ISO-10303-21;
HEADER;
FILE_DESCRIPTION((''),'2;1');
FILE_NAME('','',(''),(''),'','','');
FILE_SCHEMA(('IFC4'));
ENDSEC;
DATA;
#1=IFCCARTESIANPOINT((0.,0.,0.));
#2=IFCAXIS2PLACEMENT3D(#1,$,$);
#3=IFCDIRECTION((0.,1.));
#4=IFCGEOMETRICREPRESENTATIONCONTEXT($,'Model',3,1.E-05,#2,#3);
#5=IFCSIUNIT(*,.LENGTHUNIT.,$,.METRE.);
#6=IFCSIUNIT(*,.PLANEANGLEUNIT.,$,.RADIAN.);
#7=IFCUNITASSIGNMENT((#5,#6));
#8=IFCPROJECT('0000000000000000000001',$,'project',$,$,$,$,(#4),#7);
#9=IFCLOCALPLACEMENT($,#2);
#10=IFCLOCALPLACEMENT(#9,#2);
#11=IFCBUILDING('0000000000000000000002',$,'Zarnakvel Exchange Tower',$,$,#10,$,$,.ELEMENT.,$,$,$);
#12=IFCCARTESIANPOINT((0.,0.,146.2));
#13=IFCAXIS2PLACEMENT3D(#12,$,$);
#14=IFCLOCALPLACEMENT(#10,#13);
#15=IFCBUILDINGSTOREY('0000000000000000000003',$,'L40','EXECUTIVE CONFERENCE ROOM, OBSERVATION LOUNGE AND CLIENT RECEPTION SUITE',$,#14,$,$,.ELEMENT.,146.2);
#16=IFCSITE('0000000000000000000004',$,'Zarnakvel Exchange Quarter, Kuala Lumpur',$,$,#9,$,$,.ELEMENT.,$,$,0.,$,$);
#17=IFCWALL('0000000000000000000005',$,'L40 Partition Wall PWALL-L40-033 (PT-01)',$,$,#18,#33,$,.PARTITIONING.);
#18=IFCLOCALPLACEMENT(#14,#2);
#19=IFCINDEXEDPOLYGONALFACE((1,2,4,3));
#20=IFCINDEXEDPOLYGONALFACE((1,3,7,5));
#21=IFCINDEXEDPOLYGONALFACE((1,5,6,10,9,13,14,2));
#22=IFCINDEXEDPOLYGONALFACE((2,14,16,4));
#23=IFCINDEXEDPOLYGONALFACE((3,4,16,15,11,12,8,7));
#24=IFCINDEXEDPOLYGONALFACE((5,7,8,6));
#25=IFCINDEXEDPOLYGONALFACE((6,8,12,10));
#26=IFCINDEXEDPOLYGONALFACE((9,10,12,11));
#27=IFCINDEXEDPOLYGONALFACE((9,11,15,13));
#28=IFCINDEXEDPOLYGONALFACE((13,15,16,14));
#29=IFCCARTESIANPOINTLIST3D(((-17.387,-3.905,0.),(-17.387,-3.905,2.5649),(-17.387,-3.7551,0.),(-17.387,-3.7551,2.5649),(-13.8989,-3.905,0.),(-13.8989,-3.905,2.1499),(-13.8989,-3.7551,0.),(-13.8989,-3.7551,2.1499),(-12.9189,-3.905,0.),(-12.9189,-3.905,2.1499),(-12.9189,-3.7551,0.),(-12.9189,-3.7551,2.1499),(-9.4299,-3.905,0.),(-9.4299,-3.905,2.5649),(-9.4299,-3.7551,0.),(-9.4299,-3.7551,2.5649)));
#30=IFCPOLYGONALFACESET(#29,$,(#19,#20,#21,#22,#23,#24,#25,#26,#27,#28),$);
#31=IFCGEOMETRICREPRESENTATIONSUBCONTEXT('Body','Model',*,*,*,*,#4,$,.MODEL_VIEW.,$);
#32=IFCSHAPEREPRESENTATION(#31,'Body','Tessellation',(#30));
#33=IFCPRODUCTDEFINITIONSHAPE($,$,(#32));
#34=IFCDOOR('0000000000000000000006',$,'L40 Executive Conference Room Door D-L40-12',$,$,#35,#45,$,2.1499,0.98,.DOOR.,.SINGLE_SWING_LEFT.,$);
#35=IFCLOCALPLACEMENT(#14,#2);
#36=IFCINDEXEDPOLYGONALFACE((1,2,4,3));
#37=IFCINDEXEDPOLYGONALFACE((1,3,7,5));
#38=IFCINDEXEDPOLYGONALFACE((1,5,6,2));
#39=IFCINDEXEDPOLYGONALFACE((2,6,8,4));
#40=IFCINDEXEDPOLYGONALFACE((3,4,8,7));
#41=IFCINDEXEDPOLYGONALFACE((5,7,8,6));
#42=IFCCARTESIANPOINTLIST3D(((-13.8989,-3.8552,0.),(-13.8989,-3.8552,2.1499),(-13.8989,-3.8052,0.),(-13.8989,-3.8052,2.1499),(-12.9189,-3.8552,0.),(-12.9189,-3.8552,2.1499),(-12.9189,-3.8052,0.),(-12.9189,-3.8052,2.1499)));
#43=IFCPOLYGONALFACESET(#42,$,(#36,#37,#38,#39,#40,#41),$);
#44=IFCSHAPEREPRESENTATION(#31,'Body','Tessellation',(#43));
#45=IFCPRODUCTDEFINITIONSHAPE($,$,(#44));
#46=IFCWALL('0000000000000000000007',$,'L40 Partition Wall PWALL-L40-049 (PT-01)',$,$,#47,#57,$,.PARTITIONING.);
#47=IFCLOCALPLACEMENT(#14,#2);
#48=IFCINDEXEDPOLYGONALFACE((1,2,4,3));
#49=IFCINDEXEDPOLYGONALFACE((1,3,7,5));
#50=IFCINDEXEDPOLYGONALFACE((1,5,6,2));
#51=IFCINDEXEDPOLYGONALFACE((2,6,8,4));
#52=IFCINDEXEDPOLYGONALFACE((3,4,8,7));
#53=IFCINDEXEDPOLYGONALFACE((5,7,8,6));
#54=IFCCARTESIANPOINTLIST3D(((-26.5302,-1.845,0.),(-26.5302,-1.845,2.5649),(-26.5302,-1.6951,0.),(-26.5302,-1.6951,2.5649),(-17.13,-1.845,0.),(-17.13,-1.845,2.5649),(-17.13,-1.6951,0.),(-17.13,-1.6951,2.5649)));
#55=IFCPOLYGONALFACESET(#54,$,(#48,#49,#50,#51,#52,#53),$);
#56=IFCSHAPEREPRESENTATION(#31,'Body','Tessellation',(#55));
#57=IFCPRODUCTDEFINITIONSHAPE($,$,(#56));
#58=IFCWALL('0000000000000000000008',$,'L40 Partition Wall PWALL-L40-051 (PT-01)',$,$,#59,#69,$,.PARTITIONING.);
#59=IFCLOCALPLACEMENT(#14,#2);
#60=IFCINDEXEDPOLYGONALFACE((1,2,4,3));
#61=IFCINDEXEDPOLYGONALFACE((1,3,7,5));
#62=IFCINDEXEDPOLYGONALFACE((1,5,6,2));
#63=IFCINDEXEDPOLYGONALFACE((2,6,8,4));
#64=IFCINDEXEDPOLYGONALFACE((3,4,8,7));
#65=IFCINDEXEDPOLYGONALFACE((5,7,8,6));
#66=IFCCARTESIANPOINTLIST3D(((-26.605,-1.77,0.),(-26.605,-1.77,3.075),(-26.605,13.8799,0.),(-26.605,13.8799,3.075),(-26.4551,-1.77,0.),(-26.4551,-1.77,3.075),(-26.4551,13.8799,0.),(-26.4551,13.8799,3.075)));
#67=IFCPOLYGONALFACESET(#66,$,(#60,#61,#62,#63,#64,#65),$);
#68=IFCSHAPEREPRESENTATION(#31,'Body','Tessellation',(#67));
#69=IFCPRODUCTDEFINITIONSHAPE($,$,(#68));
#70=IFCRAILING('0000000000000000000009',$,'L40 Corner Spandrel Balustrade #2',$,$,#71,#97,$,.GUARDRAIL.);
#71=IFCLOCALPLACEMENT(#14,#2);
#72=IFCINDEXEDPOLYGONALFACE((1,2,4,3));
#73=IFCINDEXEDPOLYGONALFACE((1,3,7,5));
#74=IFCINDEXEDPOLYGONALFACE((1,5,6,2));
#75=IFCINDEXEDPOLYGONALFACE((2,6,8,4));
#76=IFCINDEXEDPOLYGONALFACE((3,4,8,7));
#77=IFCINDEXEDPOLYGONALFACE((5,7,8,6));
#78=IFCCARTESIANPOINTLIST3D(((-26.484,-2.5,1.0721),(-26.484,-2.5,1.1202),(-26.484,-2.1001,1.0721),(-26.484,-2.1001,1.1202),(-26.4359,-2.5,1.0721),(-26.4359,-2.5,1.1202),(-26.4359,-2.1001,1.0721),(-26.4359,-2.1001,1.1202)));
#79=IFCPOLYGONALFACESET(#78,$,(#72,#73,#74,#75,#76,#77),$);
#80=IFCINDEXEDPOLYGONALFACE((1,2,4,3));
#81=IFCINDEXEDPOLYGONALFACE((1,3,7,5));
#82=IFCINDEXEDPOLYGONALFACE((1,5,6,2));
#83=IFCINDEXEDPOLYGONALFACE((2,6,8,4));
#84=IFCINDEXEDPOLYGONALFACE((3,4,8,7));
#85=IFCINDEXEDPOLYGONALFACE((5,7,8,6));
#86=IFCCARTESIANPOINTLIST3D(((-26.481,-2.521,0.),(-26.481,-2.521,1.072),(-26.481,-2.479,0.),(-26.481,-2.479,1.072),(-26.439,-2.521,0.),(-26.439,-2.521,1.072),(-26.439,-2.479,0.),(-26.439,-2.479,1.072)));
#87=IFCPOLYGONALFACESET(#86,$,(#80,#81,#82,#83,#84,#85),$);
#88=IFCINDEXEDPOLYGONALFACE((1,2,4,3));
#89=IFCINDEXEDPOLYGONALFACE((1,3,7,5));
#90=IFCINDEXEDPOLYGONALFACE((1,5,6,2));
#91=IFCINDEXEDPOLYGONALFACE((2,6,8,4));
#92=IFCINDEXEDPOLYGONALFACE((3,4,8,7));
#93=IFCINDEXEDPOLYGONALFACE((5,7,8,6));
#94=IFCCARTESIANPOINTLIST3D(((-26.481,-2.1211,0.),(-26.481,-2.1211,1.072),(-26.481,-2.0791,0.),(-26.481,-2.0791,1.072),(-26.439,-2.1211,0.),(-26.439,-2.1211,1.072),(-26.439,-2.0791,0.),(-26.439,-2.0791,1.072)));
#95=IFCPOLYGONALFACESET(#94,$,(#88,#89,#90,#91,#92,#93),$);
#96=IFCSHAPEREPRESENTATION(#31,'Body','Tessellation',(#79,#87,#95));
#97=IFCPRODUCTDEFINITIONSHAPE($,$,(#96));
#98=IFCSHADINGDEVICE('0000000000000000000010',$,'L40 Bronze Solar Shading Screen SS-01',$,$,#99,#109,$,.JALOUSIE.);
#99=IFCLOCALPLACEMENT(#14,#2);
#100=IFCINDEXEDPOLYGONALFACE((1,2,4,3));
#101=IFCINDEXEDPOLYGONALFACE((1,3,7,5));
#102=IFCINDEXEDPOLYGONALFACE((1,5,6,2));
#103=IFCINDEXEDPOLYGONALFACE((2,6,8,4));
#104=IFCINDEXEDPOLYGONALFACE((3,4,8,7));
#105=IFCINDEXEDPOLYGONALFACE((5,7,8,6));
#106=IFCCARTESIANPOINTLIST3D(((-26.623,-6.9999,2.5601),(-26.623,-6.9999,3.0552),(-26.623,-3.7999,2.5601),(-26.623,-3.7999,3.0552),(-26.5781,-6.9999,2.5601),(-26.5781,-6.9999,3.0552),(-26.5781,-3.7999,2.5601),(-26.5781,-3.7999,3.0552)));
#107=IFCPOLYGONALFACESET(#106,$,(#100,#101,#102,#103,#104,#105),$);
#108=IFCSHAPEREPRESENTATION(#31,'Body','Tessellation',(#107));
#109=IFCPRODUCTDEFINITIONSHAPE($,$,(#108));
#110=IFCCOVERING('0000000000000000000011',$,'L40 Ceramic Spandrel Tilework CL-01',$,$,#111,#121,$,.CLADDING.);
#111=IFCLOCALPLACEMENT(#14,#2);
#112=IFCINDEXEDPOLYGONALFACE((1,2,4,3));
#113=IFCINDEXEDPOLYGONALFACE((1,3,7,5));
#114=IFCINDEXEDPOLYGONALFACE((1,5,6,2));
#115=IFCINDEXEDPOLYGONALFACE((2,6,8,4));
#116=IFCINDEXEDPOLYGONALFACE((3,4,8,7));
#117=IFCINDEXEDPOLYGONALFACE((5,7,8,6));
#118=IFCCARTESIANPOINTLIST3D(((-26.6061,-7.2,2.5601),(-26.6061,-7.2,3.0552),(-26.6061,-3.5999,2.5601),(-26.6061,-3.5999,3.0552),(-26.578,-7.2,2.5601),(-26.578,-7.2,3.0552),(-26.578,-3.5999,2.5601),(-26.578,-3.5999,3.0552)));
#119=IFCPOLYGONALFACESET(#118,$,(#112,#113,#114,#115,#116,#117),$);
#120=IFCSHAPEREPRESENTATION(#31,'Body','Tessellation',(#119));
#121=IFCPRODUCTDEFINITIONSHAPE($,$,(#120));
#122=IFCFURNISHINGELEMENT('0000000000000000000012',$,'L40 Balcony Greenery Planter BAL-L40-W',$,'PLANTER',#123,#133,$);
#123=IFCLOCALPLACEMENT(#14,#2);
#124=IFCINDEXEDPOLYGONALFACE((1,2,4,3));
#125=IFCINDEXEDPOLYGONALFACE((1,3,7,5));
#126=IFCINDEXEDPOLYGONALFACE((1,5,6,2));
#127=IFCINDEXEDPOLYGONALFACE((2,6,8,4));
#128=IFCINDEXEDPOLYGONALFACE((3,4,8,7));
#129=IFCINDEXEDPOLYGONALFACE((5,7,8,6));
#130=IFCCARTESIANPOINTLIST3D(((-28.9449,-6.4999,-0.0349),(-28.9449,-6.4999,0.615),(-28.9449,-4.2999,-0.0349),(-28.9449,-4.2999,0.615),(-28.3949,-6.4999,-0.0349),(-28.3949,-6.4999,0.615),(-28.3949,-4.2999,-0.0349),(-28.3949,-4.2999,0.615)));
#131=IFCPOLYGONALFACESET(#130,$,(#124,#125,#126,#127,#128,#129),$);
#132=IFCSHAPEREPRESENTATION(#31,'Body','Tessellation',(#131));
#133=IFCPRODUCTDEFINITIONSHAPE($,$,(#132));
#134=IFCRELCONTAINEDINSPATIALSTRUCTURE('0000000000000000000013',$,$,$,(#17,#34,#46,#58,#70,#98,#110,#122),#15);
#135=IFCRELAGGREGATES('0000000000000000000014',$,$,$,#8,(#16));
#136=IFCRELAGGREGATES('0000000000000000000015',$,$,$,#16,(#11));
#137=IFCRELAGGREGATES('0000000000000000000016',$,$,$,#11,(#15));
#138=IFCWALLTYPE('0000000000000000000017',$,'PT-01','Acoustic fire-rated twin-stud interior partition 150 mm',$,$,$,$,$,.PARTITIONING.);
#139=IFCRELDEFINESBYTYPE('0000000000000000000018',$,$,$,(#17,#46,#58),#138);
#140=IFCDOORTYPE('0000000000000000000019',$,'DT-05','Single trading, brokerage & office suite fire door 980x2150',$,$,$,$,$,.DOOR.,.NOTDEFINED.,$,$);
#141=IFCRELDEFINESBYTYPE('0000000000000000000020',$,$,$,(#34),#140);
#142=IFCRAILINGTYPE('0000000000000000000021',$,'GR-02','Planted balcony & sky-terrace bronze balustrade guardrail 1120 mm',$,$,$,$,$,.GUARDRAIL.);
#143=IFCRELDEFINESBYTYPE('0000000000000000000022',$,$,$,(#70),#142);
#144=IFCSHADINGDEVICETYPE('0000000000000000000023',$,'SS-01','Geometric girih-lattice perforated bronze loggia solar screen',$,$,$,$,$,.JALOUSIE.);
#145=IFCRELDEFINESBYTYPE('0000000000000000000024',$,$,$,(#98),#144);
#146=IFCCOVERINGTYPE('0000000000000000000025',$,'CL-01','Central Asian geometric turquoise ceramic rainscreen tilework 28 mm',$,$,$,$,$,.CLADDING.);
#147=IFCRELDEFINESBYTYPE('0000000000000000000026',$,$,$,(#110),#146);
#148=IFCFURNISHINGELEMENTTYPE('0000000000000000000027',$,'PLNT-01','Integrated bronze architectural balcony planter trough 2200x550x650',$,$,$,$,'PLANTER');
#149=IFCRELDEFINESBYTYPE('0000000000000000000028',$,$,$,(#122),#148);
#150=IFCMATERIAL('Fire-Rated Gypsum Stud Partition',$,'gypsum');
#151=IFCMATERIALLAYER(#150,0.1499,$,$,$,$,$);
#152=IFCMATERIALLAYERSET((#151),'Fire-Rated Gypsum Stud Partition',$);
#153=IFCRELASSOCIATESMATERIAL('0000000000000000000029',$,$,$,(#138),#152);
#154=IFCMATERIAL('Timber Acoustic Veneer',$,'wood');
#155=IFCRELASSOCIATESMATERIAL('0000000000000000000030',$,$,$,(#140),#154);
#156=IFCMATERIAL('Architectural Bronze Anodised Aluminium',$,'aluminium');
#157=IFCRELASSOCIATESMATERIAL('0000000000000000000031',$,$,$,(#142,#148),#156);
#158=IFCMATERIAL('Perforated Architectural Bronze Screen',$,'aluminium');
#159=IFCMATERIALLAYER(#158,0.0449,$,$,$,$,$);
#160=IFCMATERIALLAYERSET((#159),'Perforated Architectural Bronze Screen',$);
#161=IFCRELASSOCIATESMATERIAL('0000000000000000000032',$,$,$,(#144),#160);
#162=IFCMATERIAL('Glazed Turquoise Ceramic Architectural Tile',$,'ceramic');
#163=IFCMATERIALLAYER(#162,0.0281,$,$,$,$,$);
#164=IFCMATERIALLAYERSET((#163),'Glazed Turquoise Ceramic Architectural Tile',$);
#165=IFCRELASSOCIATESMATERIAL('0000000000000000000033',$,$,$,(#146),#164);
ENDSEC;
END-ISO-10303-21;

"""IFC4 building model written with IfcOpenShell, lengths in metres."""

from ifc_helpers import new_model, si_unit, direction, frame, frame_2d, origin, origin_2d, place, context, subcontext, project, spatial, rectangle, extrude, source, transform, mapped, material, layer, layer_set, type_object, element, fill, save


model = new_model("IFC4")

# Units and contexts
model_context = context("Model", 3, precision=1e-05, world=origin(), true_north=direction((0.0, 1.0)))
body_context = subcontext(model_context, "Body", "Model", "MODEL_VIEW")
ifc_project = project(units=[si_unit("LENGTHUNIT", "METRE"), si_unit("PLANEANGLEUNIT", "RADIAN")], contexts=[model_context])

# Site, building, storey
site_placement = place(None, origin())
site = spatial("IfcSite", under=ifc_project, at=site_placement, Name="Zarnakvel Exchange Quarter, Kuala Lumpur", CompositionType="ELEMENT", RefElevation=0.0)
building_placement = place(site_placement, origin())
building = spatial("IfcBuilding", under=site, at=building_placement, Name="Zarnakvel Exchange Tower", CompositionType="ELEMENT")
storey_placement = place(building_placement, frame((0.0, 0.0, 146.2)))
storey = spatial("IfcBuildingStorey", under=building, at=storey_placement, Name="L40", Description="EXECUTIVE CONFERENCE ROOM, OBSERVATION LOUNGE AND CLIENT RECEPTION SUITE", CompositionType="ELEMENT", Elevation=146.2)

# Shared definitions
ifc_material_1 = material(Name="Architectural Bronze Anodised Aluminium", Category="aluminium")

# Shared definitions
ifc_material_2 = material(Name="Fire-Rated Gypsum Stud Partition", Category="gypsum")
ifc_layer_1 = layer(ifc_material_2, 0.1499)
ifc_layer_set_1 = layer_set([ifc_layer_1], Name="Fire-Rated Gypsum Stud Partition")
wall_type_1 = type_object("IfcWallType", Name="PT-01", Description="Acoustic fire-rated twin-stud interior partition 150 mm", PredefinedType="PARTITIONING", material=ifc_layer_set_1)
ifc_material_3 = material(Name="Timber Acoustic Veneer", Category="wood")
door_type_1 = type_object("IfcDoorType", Name="DT-05", Description="Single trading, brokerage & office suite fire door 980x2150", OperationType="NOTDEFINED", PredefinedType="DOOR", material=ifc_material_3)
shared_shape_1 = source(origin(), body_context, "Body", "SweptSolid", [
    extrude(rectangle(XDim=0.98, YDim=2.1499, at=frame_2d((0.49, 1.075))), frame((0.0, 0.0249, 0.0), z_axis=(0.0, -1.0, 0.0), x_axis=(1.0, 0.0, 0.0)), (0.0, 0.0, 1.0), 0.05),
])

# Wall, opening, door
wall_1_placement = place(storey_placement, frame((-17.387, -3.8301, 0.0), z_axis=(0.0, 0.0, 1.0), x_axis=(1.0, 0.0, 0.0)))
wall_1 = element("IfcWall", 1, at=wall_1_placement, inside=storey, type_object=wall_type_1, Name="L40 Partition Wall PWALL-L40-033 (PT-01)", PredefinedType="PARTITIONING", context=body_context, shape_type="SweptSolid", body=[
    extrude(rectangle(XDim=7.957, YDim=0.1499, at=frame_2d((3.9785, 0.0))), origin(), (0.0, 0.0, 1.0), 2.5649),
])
opening_1_placement = place(wall_1_placement, frame((3.488, 0.0, 0.0)))
opening_1 = element("IfcOpeningElement", 2, at=opening_1_placement, cuts=wall_1, PredefinedType="OPENING", context=body_context, shape_type="SweptSolid", body=[
    extrude(rectangle(XDim=0.98, YDim=2.1499, at=frame_2d((0.49, 1.075))), frame((0.0, 0.085, 0.0), z_axis=(0.0, -1.0, 0.0), x_axis=(1.0, 0.0, 0.0)), (0.0, 0.0, 1.0), 0.1699),
])
door_1_placement = place(opening_1_placement, origin())
door_1 = element("IfcDoor", 3, at=door_1_placement, inside=storey, type_object=door_type_1, Name="L40 Executive Conference Room Door D-L40-12", OperationType="SINGLE_SWING_LEFT", OverallHeight=2.1499, OverallWidth=0.98, PredefinedType="DOOR", context=body_context, shape_type="MappedRepresentation", body=[
    mapped(shared_shape_1, transform((0.0, 0.0, 0.0), x_axis=(1.0, 0.0, 0.0), y_axis=(0.0, 1.0, 0.0), z_axis=(0.0, 0.0, 1.0), scale=1.0)),
])
fill(opening_1, door_1)

# Walls
wall_2_placement = place(storey_placement, frame((-17.1299, -1.77, 0.0), z_axis=(0.0, 0.0, 1.0), x_axis=(-1.0, 0.0, 0.0)))
element("IfcWall", 4, at=wall_2_placement, inside=storey, type_object=wall_type_1, Name="L40 Partition Wall PWALL-L40-049 (PT-01)", PredefinedType="PARTITIONING", context=body_context, shape_type="SweptSolid", body=[
    extrude(rectangle(XDim=9.4001, YDim=0.1499, at=frame_2d((4.7002, 0.0))), origin(), (0.0, 0.0, 1.0), 2.5649),
])
wall_3_placement = place(storey_placement, frame((-26.53, -1.77, 0.0), z_axis=(0.0, 0.0, 1.0), x_axis=(0.0, 1.0, 0.0)))
element("IfcWall", 5, at=wall_3_placement, inside=storey, type_object=wall_type_1, Name="L40 Partition Wall PWALL-L40-051 (PT-01)", PredefinedType="PARTITIONING", context=body_context, shape_type="SweptSolid", body=[
    extrude(rectangle(XDim=15.6499, YDim=0.1499, at=frame_2d((7.825, 0.0))), origin(), (0.0, 0.0, 1.0), 3.075),
])

# Railing
railing_type = type_object("IfcRailingType", Name="GR-02", Description="Planted balcony & sky-terrace bronze balustrade guardrail 1120 mm", PredefinedType="GUARDRAIL", material=ifc_material_1)
railing_placement = place(storey_placement, frame((-26.46, -2.5, 0.0)))
element("IfcRailing", 6, at=railing_placement, inside=storey, type_object=railing_type, Name="L40 Corner Spandrel Balustrade #2", PredefinedType="GUARDRAIL", context=body_context, shape_type="SweptSolid", body=[
    extrude(rectangle(XDim=0.0481, YDim=0.0481, at=origin_2d()), frame((0.0, 0.0, 1.0962), z_axis=(0.0, 1.0, 0.0), x_axis=(-1.0, 0.0, 0.0)), (0.0, 0.0, 1.0), 0.3999),
    extrude(rectangle(XDim=0.042, YDim=0.042, at=origin_2d()), origin(), (0.0, 0.0, 1.0), 1.072),
    extrude(rectangle(XDim=0.042, YDim=0.042, at=origin_2d()), frame((0.0, 0.3999, 0.0)), (0.0, 0.0, 1.0), 1.072),
])

# Shading device
ifc_material_4 = material(Name="Perforated Architectural Bronze Screen", Category="aluminium")
ifc_layer_2 = layer(ifc_material_4, 0.0449)
ifc_layer_set_2 = layer_set([ifc_layer_2], Name="Perforated Architectural Bronze Screen")
shading_device_type = type_object("IfcShadingDeviceType", Name="SS-01", Description="Geometric girih-lattice perforated bronze loggia solar screen", PredefinedType="JALOUSIE", material=ifc_layer_set_2)
shared_shape_2 = source(origin(), body_context, "Body", "SweptSolid", [
    extrude(rectangle(XDim=3.2, YDim=0.0449, at=origin_2d()), origin(), (0.0, 0.0, 1.0), 0.4951),
])
shading_device_placement = place(storey_placement, frame((-26.6006, -5.3999, 2.5601), z_axis=(0.0, 0.0, 1.0), x_axis=(0.0, 1.0, 0.0)))
element("IfcShadingDevice", 7, at=shading_device_placement, inside=storey, type_object=shading_device_type, Name="L40 Bronze Solar Shading Screen SS-01", PredefinedType="JALOUSIE", context=body_context, shape_type="MappedRepresentation", body=[
    mapped(shared_shape_2, transform((0.0, 0.0, 0.0), x_axis=(1.0, 0.0, 0.0), y_axis=(0.0, 1.0, 0.0), z_axis=(0.0, 0.0, 1.0), scale=1.0)),
])

# Covering
ifc_material_5 = material(Name="Glazed Turquoise Ceramic Architectural Tile", Category="ceramic")
ifc_layer_3 = layer(ifc_material_5, 0.0281)
ifc_layer_set_3 = layer_set([ifc_layer_3], Name="Glazed Turquoise Ceramic Architectural Tile")
covering_type = type_object("IfcCoveringType", Name="CL-01", Description="Central Asian geometric turquoise ceramic rainscreen tilework 28 mm", PredefinedType="CLADDING", material=ifc_layer_set_3)
shared_shape_3 = source(origin(), body_context, "Body", "SweptSolid", [
    extrude(rectangle(XDim=3.6001, YDim=0.0281, at=origin_2d()), origin(), (0.0, 0.0, 1.0), 0.4951),
])
covering_placement = place(storey_placement, frame((-26.592, -5.3999, 2.5601), z_axis=(0.0, 0.0, 1.0), x_axis=(0.0, 1.0, 0.0)))
element("IfcCovering", 8, at=covering_placement, inside=storey, type_object=covering_type, Name="L40 Ceramic Spandrel Tilework CL-01", PredefinedType="CLADDING", context=body_context, shape_type="MappedRepresentation", body=[
    mapped(shared_shape_3, transform((0.0, 0.0, 0.0), x_axis=(1.0, 0.0, 0.0), y_axis=(0.0, 1.0, 0.0), z_axis=(0.0, 0.0, 1.0), scale=1.0)),
])

# Furnishing element
furnishing_element_type = type_object("IfcFurnishingElementType", Name="PLNT-01", Description="Integrated bronze architectural balcony planter trough 2200x550x650", ElementType="PLANTER", material=ifc_material_1)
shared_shape_4 = source(origin(), body_context, "Body", "SweptSolid", [
    extrude(rectangle(XDim=2.2, YDim=0.55, at=origin_2d()), origin(), (0.0, 0.0, 1.0), 0.6499),
])
furnishing_placement = place(storey_placement, frame((-28.6699, -5.3999, -0.0349), z_axis=(0.0, 0.0, 1.0), x_axis=(0.0, 1.0, 0.0)))
element("IfcFurnishingElement", 9, at=furnishing_placement, inside=storey, type_object=furnishing_element_type, Name="L40 Balcony Greenery Planter BAL-L40-W", ObjectType="PLANTER", context=body_context, shape_type="MappedRepresentation", body=[
    mapped(shared_shape_4, transform((0.0, 0.0, 0.0), x_axis=(1.0, 0.0, 0.0), y_axis=(0.0, 1.0, 0.0), z_axis=(0.0, 0.0, 1.0), scale=1.0)),
])

save(model, "model.ifc")
